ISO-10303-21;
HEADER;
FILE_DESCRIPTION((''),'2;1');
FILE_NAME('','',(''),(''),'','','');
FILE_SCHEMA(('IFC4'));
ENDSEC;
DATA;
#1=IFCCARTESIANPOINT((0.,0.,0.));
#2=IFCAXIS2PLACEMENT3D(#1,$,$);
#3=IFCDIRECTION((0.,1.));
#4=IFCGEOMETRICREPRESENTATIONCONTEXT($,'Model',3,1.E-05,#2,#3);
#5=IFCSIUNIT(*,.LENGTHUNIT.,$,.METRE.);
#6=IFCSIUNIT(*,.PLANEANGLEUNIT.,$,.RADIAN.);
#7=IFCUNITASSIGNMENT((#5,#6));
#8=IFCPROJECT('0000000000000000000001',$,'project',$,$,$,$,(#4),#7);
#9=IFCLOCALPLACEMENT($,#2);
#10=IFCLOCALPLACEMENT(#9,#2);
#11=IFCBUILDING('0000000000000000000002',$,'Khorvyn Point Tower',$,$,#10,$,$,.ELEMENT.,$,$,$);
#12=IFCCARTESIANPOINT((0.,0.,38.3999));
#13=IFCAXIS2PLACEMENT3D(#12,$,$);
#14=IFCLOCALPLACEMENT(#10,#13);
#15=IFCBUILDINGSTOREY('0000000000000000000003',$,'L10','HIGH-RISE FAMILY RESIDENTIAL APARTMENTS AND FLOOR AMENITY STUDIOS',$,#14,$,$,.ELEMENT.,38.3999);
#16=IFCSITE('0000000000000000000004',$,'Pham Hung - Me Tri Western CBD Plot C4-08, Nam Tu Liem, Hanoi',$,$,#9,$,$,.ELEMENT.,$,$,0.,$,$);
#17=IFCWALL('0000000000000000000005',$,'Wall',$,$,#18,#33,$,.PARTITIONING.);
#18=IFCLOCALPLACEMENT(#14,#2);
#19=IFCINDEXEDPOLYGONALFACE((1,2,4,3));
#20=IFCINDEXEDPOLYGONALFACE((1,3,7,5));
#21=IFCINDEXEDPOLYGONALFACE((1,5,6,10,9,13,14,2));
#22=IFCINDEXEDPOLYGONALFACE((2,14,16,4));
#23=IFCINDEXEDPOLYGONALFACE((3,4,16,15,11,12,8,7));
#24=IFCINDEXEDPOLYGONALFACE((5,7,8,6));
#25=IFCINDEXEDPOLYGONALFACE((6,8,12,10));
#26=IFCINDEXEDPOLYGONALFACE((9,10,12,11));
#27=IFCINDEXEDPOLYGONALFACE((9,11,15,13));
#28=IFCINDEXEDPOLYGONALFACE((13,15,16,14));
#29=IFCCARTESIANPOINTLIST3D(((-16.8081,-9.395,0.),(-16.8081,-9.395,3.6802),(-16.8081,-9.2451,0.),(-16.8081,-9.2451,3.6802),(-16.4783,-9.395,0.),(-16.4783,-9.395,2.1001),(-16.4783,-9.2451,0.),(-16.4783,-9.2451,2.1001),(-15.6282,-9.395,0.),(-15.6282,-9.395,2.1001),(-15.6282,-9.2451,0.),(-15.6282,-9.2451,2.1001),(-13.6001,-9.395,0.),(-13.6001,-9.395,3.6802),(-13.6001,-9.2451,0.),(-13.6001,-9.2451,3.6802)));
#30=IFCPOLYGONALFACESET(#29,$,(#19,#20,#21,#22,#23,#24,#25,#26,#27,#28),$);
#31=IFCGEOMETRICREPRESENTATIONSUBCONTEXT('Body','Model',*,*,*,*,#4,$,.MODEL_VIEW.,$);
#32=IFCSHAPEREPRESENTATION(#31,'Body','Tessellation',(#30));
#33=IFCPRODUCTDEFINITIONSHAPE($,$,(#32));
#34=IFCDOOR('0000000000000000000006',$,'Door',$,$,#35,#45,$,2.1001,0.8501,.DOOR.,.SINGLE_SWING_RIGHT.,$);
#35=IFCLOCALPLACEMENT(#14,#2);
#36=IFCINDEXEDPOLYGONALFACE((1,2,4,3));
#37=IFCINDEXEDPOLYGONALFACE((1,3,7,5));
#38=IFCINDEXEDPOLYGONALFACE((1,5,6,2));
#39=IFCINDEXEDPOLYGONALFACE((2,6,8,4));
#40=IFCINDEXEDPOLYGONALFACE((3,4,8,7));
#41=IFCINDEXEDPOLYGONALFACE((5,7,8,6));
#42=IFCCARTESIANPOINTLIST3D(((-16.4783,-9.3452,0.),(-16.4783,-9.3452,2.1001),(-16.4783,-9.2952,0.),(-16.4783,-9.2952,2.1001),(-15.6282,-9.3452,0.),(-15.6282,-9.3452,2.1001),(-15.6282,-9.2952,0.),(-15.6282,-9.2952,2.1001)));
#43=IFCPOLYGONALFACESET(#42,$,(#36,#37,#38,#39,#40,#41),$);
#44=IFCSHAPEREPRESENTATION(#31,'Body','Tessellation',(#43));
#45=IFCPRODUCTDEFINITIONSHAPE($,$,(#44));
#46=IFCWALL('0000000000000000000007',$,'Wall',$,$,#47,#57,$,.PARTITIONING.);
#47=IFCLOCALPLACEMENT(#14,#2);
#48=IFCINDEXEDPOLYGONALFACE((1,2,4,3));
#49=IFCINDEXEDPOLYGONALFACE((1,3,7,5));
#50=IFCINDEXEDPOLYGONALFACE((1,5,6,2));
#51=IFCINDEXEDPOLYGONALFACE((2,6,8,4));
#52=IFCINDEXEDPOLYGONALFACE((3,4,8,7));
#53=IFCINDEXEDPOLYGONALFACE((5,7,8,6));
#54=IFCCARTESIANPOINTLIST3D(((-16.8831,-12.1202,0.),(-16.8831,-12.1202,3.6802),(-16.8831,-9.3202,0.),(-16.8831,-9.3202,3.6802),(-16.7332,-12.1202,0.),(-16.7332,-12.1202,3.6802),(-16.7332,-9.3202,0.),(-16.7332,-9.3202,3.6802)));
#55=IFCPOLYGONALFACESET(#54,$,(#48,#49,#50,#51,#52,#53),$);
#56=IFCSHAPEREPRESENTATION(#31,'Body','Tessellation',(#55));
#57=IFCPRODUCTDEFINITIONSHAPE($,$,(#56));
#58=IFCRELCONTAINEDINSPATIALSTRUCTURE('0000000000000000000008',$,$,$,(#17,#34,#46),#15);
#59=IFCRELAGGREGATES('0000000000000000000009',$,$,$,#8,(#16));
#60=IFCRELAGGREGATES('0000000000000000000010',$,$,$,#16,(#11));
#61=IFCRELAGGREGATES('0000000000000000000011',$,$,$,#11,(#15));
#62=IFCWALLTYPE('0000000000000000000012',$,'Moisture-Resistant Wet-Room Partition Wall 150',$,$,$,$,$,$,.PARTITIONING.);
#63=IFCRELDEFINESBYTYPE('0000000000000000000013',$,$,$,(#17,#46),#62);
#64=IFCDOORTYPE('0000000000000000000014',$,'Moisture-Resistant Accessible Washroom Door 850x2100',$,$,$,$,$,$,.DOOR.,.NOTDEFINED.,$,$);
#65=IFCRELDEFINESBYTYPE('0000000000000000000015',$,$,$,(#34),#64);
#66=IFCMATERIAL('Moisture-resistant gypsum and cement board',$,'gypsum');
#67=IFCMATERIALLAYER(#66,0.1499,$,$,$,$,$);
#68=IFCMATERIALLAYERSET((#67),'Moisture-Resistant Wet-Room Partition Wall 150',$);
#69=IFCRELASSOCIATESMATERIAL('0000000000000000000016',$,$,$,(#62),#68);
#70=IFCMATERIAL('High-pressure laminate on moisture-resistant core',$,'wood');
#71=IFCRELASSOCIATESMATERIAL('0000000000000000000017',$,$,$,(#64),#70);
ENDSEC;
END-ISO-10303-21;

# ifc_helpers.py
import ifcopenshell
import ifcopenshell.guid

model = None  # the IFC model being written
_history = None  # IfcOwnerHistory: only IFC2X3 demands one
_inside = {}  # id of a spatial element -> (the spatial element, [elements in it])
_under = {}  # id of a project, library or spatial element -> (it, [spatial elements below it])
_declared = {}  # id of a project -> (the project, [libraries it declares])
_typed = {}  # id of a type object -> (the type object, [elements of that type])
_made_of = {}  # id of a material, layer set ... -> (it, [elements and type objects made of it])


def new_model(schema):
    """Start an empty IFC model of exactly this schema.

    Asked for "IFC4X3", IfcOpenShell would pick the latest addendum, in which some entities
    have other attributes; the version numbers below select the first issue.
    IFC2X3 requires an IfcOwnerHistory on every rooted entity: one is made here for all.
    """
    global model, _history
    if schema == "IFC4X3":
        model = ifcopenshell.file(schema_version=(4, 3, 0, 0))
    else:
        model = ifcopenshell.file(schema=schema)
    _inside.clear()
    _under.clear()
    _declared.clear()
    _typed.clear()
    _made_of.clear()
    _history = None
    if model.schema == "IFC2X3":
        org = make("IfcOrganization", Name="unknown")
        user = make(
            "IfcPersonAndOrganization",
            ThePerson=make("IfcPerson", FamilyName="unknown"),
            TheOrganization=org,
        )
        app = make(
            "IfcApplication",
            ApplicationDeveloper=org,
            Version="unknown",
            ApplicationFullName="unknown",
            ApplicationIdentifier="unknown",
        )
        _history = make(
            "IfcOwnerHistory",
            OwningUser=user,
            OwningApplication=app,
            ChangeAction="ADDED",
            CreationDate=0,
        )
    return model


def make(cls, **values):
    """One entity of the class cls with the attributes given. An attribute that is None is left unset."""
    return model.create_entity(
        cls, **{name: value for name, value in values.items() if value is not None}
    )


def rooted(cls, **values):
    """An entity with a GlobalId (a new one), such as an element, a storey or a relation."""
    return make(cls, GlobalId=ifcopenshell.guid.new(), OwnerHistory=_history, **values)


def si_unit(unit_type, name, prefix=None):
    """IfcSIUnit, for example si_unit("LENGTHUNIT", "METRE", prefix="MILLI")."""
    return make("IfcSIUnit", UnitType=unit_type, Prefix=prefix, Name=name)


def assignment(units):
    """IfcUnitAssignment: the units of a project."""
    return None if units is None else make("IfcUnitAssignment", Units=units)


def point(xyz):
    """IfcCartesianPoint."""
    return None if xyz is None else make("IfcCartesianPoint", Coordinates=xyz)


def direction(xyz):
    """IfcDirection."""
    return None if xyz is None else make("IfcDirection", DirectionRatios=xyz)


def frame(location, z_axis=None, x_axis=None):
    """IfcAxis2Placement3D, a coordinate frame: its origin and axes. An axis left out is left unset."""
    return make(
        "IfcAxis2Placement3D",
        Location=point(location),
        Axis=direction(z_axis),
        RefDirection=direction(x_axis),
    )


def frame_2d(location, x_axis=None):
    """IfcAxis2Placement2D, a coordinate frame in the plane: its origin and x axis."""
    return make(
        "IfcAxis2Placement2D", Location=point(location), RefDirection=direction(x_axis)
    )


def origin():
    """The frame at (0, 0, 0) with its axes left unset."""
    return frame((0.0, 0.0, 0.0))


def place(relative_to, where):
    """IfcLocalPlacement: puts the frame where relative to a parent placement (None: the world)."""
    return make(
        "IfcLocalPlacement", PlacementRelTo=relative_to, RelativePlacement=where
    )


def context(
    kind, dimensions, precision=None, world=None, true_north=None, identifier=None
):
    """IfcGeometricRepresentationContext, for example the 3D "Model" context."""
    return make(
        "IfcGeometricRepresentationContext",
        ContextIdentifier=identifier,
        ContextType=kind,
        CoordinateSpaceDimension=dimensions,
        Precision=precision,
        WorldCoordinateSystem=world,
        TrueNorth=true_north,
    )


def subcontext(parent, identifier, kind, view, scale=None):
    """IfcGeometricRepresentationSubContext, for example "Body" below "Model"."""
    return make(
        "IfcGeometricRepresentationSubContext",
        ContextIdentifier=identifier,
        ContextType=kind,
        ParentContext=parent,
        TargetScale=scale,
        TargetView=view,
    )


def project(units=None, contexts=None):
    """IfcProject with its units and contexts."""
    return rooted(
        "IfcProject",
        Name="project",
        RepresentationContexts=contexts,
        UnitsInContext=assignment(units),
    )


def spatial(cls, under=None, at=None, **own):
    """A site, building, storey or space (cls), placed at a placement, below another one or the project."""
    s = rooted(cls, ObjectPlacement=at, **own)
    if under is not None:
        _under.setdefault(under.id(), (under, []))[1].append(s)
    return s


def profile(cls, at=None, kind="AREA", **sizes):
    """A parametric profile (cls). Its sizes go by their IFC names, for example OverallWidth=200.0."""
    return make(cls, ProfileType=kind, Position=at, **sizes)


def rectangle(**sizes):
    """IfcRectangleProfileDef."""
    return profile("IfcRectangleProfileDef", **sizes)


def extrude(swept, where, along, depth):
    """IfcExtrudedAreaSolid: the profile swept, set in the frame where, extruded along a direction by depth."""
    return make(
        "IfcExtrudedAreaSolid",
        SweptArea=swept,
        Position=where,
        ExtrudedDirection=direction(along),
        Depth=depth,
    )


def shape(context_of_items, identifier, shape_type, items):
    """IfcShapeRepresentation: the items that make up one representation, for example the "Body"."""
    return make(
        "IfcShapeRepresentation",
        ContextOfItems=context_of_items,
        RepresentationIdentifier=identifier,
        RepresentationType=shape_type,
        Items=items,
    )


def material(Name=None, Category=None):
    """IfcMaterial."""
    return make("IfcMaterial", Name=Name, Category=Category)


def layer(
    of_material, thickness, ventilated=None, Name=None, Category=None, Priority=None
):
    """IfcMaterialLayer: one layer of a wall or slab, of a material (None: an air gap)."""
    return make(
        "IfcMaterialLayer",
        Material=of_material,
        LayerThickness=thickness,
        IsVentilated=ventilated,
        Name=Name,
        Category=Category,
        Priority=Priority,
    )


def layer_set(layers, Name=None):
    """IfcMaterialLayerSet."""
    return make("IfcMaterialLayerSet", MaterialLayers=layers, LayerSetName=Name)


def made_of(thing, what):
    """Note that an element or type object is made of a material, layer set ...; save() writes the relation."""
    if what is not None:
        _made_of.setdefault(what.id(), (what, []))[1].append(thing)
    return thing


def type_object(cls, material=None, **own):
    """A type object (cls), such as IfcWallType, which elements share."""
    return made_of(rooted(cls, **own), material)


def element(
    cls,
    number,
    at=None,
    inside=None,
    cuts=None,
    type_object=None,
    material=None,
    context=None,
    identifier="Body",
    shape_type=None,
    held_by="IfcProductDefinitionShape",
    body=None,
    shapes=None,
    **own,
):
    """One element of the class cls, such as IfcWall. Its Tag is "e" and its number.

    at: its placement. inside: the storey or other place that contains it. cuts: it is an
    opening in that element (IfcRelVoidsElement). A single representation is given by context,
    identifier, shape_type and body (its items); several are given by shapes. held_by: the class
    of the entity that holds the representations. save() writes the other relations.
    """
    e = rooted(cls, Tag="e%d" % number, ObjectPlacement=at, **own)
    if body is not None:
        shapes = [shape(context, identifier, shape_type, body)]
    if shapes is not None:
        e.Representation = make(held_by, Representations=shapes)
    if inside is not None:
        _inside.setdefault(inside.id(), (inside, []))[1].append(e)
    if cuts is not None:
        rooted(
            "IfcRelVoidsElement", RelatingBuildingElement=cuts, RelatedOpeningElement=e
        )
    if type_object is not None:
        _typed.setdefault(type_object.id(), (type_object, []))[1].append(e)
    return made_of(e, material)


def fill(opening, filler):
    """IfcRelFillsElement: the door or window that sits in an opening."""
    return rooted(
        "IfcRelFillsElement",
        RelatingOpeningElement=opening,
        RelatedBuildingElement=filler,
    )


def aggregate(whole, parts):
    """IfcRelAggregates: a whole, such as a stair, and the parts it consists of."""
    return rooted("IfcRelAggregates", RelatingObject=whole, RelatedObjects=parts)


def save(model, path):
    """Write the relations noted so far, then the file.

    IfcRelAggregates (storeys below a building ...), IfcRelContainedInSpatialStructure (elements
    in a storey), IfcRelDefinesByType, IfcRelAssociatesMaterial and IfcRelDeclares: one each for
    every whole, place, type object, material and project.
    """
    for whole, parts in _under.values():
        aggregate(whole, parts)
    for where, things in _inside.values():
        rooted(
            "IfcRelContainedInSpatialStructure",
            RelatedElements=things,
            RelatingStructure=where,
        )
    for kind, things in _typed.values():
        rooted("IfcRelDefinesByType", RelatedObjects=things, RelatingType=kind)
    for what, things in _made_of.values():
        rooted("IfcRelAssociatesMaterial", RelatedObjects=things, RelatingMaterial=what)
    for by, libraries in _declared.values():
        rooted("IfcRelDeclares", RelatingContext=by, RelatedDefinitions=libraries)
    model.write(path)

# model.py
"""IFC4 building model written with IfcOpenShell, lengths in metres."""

from ifc_helpers import new_model, si_unit, direction, frame, frame_2d, origin, place, context, subcontext, project, spatial, rectangle, extrude, material, layer, layer_set, type_object, element, fill, save


model = new_model("IFC4")

# Units and contexts
model_context = context("Model", 3, precision=1e-05, world=origin(), true_north=direction((0.0, 1.0)))
body_context = subcontext(model_context, "Body", "Model", "MODEL_VIEW")
ifc_project = project(units=[si_unit("LENGTHUNIT", "METRE"), si_unit("PLANEANGLEUNIT", "RADIAN")], contexts=[model_context])

# Site, building, storey
site_placement = place(None, origin())
site = spatial("IfcSite", under=ifc_project, at=site_placement, Name="Pham Hung - Me Tri Western CBD Plot C4-08, Nam Tu Liem, Hanoi", CompositionType="ELEMENT", RefElevation=0.0)
building_placement = place(site_placement, origin())
building = spatial("IfcBuilding", under=site, at=building_placement, Name="Khorvyn Point Tower", CompositionType="ELEMENT")
storey_placement = place(building_placement, frame((0.0, 0.0, 38.3999)))
storey = spatial("IfcBuildingStorey", under=building, at=storey_placement, Name="L10", Description="HIGH-RISE FAMILY RESIDENTIAL APARTMENTS AND FLOOR AMENITY STUDIOS", CompositionType="ELEMENT", Elevation=38.3999)

# Wall, opening, door
ifc_material_1 = material(Name="Moisture-resistant gypsum and cement board", Category="gypsum")
ifc_layer_1 = layer(ifc_material_1, 0.1499)
ifc_layer_set_1 = layer_set([ifc_layer_1], Name="Moisture-Resistant Wet-Room Partition Wall 150")
wall_type_1 = type_object("IfcWallType", Name="Moisture-Resistant Wet-Room Partition Wall 150", PredefinedType="PARTITIONING", material=ifc_layer_set_1)
wall_1_placement = place(storey_placement, frame((-16.8081, -9.3201, 0.0), z_axis=(0.0, 0.0, 1.0), x_axis=(1.0, 0.0, 0.0)))
wall_1 = element("IfcWall", 1, at=wall_1_placement, inside=storey, type_object=wall_type_1, Name="Wall", PredefinedType="PARTITIONING", context=body_context, shape_type="SweptSolid", body=[
    extrude(rectangle(XDim=3.208, YDim=0.1499, at=frame_2d((1.604, 0.0))), origin(), (0.0, 0.0, 1.0), 3.6802),
])
opening_1_placement = place(wall_1_placement, frame((0.3298, 0.0, 0.0)))
opening_1 = element("IfcOpeningElement", 2, at=opening_1_placement, cuts=wall_1, PredefinedType="OPENING", context=body_context, shape_type="SweptSolid", body=[
    extrude(rectangle(XDim=0.8501, YDim=2.1001, at=frame_2d((0.425, 1.05))), frame((0.0, 0.085, 0.0), z_axis=(0.0, -1.0, 0.0), x_axis=(1.0, 0.0, 0.0)), (0.0, 0.0, 1.0), 0.1699),
])
ifc_material_2 = material(Name="High-pressure laminate on moisture-resistant core", Category="wood")
door_type_1 = type_object("IfcDoorType", Name="Moisture-Resistant Accessible Washroom Door 850x2100", OperationType="NOTDEFINED", PredefinedType="DOOR", material=ifc_material_2)
door_1_placement = place(opening_1_placement, origin())
door_1 = element("IfcDoor", 3, at=door_1_placement, inside=storey, type_object=door_type_1, Name="Door", OperationType="SINGLE_SWING_RIGHT", OverallHeight=2.1001, OverallWidth=0.8501, PredefinedType="DOOR", context=body_context, shape_type="SweptSolid", body=[
    extrude(rectangle(XDim=0.8501, YDim=2.1001, at=frame_2d((0.425, 1.05))), frame((0.0, 0.0249, 0.0), z_axis=(0.0, -1.0, 0.0), x_axis=(1.0, 0.0, 0.0)), (0.0, 0.0, 1.0), 0.05),
])
fill(opening_1, door_1)

# Wall
wall_2_placement = place(storey_placement, frame((-16.8081, -12.1201, 0.0), z_axis=(0.0, 0.0, 1.0), x_axis=(0.0, 1.0, 0.0)))
element("IfcWall", 4, at=wall_2_placement, inside=storey, type_object=wall_type_1, Name="Wall", PredefinedType="PARTITIONING", context=body_context, shape_type="SweptSolid", body=[
    extrude(rectangle(XDim=2.8, YDim=0.1499, at=frame_2d((1.3999, 0.0))), origin(), (0.0, 0.0, 1.0), 3.6802),
])

save(model, "model.ifc")
